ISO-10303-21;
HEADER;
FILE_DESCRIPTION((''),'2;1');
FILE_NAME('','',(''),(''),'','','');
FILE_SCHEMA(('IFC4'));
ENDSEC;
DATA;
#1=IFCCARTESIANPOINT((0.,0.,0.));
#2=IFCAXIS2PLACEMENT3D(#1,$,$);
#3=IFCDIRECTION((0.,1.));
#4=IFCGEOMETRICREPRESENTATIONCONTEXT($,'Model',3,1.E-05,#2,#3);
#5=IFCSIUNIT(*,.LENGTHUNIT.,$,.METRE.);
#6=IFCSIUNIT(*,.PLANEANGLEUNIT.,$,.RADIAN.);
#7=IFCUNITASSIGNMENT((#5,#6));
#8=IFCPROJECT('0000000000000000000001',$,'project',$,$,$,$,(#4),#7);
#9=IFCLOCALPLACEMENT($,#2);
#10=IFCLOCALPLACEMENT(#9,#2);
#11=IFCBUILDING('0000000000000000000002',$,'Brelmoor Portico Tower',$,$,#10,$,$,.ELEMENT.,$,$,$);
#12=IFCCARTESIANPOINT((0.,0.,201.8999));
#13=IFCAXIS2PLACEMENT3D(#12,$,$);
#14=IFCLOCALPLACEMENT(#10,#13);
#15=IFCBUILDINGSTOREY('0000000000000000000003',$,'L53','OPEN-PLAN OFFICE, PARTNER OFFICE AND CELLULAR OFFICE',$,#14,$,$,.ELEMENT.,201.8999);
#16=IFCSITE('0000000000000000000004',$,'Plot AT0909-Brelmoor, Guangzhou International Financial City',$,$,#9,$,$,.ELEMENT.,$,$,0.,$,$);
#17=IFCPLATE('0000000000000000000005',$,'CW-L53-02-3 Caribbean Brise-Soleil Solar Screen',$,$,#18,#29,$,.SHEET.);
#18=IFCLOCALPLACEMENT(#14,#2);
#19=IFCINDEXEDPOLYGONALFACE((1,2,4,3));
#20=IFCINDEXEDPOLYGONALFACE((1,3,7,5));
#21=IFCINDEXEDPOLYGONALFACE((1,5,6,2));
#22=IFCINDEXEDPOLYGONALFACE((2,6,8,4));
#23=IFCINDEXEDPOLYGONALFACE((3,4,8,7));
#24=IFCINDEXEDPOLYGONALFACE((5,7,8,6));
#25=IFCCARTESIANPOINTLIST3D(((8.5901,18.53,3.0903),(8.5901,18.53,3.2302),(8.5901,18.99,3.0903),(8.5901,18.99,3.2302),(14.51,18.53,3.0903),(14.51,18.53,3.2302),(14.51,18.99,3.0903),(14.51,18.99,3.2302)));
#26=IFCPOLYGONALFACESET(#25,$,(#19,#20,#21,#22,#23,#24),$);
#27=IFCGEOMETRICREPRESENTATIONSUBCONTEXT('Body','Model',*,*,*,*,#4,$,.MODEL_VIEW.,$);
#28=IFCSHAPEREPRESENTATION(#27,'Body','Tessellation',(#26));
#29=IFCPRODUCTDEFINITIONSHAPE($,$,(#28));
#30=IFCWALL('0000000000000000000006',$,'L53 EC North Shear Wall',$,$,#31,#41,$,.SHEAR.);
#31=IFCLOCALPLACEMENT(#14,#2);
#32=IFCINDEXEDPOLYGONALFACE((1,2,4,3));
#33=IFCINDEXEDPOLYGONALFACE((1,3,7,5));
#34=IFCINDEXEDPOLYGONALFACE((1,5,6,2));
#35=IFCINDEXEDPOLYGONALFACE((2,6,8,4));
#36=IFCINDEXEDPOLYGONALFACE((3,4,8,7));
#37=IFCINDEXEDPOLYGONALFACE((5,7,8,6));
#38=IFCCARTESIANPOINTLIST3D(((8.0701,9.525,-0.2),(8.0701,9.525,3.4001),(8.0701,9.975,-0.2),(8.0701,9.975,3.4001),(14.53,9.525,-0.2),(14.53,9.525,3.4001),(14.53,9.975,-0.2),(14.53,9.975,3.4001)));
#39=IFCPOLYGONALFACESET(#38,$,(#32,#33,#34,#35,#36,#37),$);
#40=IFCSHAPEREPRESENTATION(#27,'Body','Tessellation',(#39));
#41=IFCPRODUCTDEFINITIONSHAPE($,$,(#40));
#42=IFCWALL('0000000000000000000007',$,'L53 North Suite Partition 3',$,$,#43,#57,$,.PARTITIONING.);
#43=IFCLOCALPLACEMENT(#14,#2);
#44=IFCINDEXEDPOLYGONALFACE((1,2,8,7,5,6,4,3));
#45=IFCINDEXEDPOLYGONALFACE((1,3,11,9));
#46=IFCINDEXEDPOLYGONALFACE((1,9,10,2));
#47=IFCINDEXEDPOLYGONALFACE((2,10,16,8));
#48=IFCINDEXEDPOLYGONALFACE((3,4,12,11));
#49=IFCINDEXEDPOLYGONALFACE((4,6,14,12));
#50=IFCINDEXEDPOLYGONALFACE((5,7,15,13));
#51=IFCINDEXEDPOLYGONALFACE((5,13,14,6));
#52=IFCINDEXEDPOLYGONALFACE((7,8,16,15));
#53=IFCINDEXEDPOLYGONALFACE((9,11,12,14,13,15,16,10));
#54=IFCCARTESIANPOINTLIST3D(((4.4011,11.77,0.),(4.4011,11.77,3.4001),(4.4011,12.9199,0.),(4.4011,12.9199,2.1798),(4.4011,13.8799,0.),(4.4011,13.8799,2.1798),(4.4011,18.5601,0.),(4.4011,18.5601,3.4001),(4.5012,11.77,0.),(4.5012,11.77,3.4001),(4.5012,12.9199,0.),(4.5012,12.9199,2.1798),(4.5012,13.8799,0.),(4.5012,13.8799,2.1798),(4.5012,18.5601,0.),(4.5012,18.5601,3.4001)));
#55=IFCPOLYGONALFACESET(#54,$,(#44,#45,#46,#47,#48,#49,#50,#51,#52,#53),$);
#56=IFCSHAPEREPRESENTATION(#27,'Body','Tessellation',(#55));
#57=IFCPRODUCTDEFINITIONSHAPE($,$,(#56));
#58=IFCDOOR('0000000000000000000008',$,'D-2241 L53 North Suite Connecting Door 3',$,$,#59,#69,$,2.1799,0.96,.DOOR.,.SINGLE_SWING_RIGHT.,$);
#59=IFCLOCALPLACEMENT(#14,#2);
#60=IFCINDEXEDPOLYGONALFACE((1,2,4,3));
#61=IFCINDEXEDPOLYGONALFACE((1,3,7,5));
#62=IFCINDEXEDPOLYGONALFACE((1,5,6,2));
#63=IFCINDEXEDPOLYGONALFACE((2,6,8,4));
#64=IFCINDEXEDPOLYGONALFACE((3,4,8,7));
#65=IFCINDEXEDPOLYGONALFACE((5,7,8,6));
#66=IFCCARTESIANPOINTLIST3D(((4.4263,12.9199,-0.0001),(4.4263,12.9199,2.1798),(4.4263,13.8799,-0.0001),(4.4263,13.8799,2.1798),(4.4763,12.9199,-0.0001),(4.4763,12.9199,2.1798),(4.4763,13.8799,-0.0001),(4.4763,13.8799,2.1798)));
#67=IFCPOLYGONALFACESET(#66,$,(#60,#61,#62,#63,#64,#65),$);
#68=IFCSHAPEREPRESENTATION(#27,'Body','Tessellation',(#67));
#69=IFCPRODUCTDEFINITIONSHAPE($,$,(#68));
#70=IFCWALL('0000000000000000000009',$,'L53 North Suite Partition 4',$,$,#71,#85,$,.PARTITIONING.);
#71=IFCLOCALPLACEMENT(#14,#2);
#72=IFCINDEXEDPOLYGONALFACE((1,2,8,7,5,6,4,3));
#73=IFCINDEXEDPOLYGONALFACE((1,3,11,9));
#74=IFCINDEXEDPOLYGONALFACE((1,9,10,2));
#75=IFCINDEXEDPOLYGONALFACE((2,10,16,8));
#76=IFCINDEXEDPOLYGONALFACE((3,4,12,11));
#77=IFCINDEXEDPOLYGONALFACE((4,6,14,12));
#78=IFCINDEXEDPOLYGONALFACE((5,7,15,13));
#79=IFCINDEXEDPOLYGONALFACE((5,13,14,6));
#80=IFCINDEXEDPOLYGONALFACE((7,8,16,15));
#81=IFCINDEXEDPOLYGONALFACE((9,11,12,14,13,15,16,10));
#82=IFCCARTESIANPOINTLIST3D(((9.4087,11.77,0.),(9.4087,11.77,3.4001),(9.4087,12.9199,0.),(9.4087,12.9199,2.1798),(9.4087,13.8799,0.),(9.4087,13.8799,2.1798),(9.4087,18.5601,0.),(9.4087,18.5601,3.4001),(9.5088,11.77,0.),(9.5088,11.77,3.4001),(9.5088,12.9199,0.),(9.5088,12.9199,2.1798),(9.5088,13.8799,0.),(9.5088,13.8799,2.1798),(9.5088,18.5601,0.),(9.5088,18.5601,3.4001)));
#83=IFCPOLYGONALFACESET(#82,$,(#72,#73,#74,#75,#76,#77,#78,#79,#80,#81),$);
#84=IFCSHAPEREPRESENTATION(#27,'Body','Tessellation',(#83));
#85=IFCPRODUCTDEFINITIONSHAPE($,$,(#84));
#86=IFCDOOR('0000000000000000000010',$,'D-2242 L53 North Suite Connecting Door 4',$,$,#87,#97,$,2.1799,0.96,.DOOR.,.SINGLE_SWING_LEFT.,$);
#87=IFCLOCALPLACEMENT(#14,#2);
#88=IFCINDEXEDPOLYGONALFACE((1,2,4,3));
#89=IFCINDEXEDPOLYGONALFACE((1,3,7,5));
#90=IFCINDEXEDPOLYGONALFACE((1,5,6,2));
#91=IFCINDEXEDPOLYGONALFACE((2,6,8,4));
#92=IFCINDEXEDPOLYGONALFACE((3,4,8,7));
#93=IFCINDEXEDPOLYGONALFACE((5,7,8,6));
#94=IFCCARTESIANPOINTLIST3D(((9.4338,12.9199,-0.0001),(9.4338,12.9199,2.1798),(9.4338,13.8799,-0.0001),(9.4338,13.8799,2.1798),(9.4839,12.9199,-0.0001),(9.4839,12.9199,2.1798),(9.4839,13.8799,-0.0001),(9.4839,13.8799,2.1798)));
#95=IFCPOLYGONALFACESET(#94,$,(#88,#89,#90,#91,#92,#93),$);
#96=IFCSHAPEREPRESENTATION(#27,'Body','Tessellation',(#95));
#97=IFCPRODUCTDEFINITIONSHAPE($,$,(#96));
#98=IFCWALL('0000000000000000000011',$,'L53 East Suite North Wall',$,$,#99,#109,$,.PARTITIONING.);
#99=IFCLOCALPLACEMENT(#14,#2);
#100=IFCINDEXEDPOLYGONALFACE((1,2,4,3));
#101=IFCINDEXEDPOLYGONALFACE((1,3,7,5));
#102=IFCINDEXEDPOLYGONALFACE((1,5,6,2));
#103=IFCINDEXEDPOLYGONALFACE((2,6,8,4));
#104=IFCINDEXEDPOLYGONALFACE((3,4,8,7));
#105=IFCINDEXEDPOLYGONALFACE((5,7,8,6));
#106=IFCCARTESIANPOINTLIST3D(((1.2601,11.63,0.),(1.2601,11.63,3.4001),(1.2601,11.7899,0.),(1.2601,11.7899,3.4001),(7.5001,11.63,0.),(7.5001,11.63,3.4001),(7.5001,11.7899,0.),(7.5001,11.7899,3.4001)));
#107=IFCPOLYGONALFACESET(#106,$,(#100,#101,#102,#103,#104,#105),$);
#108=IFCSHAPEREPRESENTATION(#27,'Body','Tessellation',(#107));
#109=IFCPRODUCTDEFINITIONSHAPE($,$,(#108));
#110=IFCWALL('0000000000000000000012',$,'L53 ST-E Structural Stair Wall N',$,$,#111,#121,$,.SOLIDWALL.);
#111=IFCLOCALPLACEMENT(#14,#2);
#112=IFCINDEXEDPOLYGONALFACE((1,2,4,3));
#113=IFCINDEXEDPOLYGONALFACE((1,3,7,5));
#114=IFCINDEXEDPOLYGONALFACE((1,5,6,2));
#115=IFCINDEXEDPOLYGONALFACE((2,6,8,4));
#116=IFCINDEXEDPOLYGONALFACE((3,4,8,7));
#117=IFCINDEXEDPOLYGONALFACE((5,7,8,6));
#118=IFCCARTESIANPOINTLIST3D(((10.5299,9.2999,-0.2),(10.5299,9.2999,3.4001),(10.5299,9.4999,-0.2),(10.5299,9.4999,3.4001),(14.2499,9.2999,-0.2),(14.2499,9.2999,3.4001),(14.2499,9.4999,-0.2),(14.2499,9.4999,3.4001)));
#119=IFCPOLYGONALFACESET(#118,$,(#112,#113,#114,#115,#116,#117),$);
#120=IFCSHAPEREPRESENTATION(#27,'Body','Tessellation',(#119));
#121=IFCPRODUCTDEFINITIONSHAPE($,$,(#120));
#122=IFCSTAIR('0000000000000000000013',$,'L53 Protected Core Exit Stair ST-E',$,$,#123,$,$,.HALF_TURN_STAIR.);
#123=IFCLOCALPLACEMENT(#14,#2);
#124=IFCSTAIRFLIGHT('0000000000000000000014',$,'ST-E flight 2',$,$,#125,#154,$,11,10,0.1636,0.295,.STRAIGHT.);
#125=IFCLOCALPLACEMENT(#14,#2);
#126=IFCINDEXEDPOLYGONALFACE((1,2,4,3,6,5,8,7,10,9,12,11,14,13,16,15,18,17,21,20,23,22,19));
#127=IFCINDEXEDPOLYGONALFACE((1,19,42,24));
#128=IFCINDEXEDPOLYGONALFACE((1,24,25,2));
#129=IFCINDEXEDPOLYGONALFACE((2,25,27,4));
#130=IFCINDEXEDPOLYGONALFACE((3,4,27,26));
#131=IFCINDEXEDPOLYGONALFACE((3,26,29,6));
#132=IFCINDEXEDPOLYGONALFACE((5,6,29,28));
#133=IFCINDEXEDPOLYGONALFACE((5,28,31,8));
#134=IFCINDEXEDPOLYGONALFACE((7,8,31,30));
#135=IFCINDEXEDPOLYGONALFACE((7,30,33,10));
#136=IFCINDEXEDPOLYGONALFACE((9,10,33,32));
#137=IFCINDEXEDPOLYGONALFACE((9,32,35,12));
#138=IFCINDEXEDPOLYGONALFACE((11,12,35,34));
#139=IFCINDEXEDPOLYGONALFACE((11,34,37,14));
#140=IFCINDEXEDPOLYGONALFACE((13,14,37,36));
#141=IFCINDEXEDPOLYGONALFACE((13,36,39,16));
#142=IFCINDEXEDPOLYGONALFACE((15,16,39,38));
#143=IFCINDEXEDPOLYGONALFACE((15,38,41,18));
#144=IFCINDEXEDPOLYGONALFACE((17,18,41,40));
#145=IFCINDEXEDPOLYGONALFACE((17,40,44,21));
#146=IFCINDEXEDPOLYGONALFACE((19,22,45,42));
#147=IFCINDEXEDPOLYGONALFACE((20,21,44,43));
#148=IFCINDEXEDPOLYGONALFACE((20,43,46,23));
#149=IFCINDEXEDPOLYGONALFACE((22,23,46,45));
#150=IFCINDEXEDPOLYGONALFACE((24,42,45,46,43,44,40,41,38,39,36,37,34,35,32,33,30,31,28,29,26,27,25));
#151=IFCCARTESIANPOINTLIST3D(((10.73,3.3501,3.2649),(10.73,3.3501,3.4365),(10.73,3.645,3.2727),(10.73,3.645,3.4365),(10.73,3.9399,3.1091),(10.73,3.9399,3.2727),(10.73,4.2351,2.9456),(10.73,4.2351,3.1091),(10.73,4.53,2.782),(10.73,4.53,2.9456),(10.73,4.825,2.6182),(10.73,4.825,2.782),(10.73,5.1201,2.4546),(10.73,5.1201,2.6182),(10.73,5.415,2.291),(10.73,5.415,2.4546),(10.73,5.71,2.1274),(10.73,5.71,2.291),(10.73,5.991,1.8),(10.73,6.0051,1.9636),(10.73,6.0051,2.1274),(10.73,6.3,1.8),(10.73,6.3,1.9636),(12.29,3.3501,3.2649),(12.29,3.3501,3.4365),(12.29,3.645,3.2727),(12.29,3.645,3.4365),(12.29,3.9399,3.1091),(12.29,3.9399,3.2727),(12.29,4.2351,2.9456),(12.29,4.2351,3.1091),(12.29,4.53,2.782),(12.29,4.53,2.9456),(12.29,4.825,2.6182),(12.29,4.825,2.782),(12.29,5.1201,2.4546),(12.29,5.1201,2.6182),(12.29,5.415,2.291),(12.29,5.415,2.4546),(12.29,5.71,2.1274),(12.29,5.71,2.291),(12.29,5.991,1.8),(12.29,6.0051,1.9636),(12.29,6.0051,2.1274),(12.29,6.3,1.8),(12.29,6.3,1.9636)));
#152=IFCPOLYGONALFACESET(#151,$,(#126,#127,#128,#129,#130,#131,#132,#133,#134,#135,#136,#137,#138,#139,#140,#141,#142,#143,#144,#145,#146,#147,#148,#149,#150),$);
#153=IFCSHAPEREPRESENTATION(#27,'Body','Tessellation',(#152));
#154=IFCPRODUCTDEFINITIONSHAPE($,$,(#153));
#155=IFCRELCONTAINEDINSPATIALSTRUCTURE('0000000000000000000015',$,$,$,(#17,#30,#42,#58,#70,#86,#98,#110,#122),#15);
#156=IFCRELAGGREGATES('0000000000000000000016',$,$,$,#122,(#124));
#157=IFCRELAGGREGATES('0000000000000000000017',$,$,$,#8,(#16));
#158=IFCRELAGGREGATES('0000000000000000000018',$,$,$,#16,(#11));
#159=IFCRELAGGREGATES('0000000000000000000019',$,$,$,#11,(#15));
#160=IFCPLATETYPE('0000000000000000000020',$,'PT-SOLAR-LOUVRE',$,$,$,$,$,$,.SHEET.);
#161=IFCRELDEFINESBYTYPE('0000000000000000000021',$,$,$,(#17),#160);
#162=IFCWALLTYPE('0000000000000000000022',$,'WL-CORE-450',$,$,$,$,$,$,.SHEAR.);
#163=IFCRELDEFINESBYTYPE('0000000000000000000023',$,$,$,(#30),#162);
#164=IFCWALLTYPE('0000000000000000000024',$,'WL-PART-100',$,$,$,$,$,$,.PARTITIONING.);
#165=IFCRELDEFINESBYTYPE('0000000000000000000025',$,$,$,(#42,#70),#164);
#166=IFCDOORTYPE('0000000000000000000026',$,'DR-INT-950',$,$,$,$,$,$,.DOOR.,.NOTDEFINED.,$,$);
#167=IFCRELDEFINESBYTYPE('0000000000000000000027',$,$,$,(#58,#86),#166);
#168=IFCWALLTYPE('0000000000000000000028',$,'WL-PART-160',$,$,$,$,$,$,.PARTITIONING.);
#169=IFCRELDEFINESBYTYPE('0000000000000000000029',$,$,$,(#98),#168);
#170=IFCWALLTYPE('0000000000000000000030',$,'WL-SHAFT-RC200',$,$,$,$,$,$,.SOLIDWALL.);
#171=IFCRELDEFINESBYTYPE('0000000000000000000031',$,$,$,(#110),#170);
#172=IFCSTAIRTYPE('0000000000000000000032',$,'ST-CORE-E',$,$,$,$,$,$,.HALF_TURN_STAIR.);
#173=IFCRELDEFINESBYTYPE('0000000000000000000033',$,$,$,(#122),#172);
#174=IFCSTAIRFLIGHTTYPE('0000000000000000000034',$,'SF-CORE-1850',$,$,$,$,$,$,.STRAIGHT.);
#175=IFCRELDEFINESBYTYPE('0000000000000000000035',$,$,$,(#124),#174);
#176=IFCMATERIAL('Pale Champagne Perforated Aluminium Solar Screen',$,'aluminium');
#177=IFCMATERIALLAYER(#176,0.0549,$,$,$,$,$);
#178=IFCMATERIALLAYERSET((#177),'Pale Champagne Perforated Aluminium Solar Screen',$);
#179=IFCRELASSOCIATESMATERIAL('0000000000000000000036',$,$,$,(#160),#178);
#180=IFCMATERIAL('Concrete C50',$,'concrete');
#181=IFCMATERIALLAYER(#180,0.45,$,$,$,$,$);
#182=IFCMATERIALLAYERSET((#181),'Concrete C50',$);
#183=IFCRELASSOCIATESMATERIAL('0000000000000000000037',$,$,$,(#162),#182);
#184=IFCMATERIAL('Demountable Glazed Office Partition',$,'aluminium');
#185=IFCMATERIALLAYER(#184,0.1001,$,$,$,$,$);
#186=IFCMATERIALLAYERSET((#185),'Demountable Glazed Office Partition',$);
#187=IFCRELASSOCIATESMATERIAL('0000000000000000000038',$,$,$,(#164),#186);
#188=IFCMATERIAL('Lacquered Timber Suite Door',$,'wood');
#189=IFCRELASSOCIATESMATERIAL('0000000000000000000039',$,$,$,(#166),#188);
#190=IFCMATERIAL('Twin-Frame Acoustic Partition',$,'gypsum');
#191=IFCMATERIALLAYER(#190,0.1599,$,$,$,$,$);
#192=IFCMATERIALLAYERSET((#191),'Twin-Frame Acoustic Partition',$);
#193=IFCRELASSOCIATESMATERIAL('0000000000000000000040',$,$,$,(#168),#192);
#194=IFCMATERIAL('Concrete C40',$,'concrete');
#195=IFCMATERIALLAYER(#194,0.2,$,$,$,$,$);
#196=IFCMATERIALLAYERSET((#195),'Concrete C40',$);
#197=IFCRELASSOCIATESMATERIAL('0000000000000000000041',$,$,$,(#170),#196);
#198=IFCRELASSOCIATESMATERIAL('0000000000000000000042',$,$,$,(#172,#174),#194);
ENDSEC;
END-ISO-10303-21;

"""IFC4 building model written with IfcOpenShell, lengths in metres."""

from ifc_helpers import new_model, si_unit, direction, frame, frame_2d, origin, origin_2d, place, context, subcontext, project, spatial, polyline, rectangle, outline, extrude, material, layer, layer_set, type_object, element, fill, aggregate, save


model = new_model("IFC4")

# Units and contexts
model_context = context("Model", 3, precision=1e-05, world=origin(), true_north=direction((0.0, 1.0)))
body_context = subcontext(model_context, "Body", "Model", "MODEL_VIEW")
ifc_project = project(units=[si_unit("LENGTHUNIT", "METRE"), si_unit("PLANEANGLEUNIT", "RADIAN")], contexts=[model_context])

# Site, building, storey
site_placement = place(None, origin())
site = spatial("IfcSite", under=ifc_project, at=site_placement, Name="Plot AT0909-Brelmoor, Guangzhou International Financial City", CompositionType="ELEMENT", RefElevation=0.0)
building_placement = place(site_placement, origin())
building = spatial("IfcBuilding", under=site, at=building_placement, Name="Brelmoor Portico Tower", CompositionType="ELEMENT")
storey_placement = place(building_placement, frame((0.0, 0.0, 201.8999)))
storey = spatial("IfcBuildingStorey", under=building, at=storey_placement, Name="L53", Description="OPEN-PLAN OFFICE, PARTNER OFFICE AND CELLULAR OFFICE", CompositionType="ELEMENT", Elevation=201.8999)

# Plate
ifc_material_1 = material(Name="Pale Champagne Perforated Aluminium Solar Screen", Category="aluminium")
ifc_layer_1 = layer(ifc_material_1, 0.0549)
ifc_layer_set_1 = layer_set([ifc_layer_1], Name="Pale Champagne Perforated Aluminium Solar Screen")
plate_type_1 = type_object("IfcPlateType", Name="PT-SOLAR-LOUVRE", PredefinedType="SHEET", material=ifc_layer_set_1)
plate_1_placement = place(storey_placement, frame((11.55, 18.76, 3.0903), z_axis=(0.0, 0.0, 1.0), x_axis=(1.0, 0.0, 0.0)))
element("IfcPlate", 1, at=plate_1_placement, inside=storey, type_object=plate_type_1, Name="CW-L53-02-3 Caribbean Brise-Soleil Solar Screen", PredefinedType="SHEET", context=body_context, shape_type="SweptSolid", body=[
    extrude(rectangle(XDim=5.9199, YDim=0.46, at=origin_2d()), origin(), (0.0, 0.0, 1.0), 0.1399),
])

# Wall
ifc_material_2 = material(Name="Concrete C50", Category="concrete")
ifc_layer_2 = layer(ifc_material_2, 0.45)
ifc_layer_set_2 = layer_set([ifc_layer_2], Name="Concrete C50")
wall_type_1 = type_object("IfcWallType", Name="WL-CORE-450", PredefinedType="SHEAR", material=ifc_layer_set_2)
wall_1_placement = place(storey_placement, frame((8.0701, 9.75, -0.2), z_axis=(0.0, 0.0, 1.0), x_axis=(1.0, 0.0, 0.0)))
element("IfcWall", 2, at=wall_1_placement, inside=storey, type_object=wall_type_1, Name="L53 EC North Shear Wall", PredefinedType="SHEAR", context=body_context, shape_type="SweptSolid", body=[
    extrude(rectangle(XDim=6.46, YDim=0.45, at=frame_2d((3.23, 0.0))), origin(), (0.0, 0.0, 1.0), 3.6001),
])

# Walls, openings, doors
ifc_material_3 = material(Name="Demountable Glazed Office Partition", Category="aluminium")
ifc_layer_3 = layer(ifc_material_3, 0.1001)
ifc_layer_set_3 = layer_set([ifc_layer_3], Name="Demountable Glazed Office Partition")
wall_type_2 = type_object("IfcWallType", Name="WL-PART-100", PredefinedType="PARTITIONING", material=ifc_layer_set_3)
wall_2_placement = place(storey_placement, frame((4.4512, 11.77, 0.0), z_axis=(0.0, 0.0, 1.0), x_axis=(0.0, 1.0, 0.0)))
wall_2 = element("IfcWall", 3, at=wall_2_placement, inside=storey, type_object=wall_type_2, Name="L53 North Suite Partition 3", PredefinedType="PARTITIONING", context=body_context, shape_type="SweptSolid", body=[
    extrude(rectangle(XDim=6.79, YDim=0.1001, at=frame_2d((3.395, 0.0))), origin(), (0.0, 0.0, 1.0), 3.4001),
])
opening_1_placement = place(wall_2_placement, frame((1.1499, 0.0, 0.0)))
opening_1 = element("IfcOpeningElement", 4, at=opening_1_placement, cuts=wall_2, PredefinedType="OPENING", context=body_context, shape_type="SweptSolid", body=[
    extrude(rectangle(XDim=0.96, YDim=2.1799, at=frame_2d((0.48, 1.0898))), frame((0.0, 0.0601, 0.0), z_axis=(0.0, -1.0, 0.0), x_axis=(1.0, 0.0, 0.0)), (0.0, 0.0, 1.0), 0.1201),
])
ifc_material_4 = material(Name="Lacquered Timber Suite Door", Category="wood")
door_type = type_object("IfcDoorType", Name="DR-INT-950", OperationType="NOTDEFINED", PredefinedType="DOOR", material=ifc_material_4)
door_1_placement = place(opening_1_placement, origin())
door_1 = element("IfcDoor", 5, at=door_1_placement, inside=storey, type_object=door_type, Name="D-2241 L53 North Suite Connecting Door 3", OperationType="SINGLE_SWING_RIGHT", OverallHeight=2.1799, OverallWidth=0.96, PredefinedType="DOOR", context=body_context, shape_type="SweptSolid", body=[
    extrude(rectangle(XDim=0.96, YDim=2.1799, at=frame_2d((0.48, 1.0898))), frame((0.0, 0.0249, 0.0), z_axis=(0.0, -1.0, 0.0), x_axis=(1.0, 0.0, 0.0)), (0.0, 0.0, 1.0), 0.05),
])
fill(opening_1, door_1)
wall_3_placement = place(storey_placement, frame((9.4587, 11.77, 0.0), z_axis=(0.0, 0.0, 1.0), x_axis=(0.0, 1.0, 0.0)))
wall_3 = element("IfcWall", 6, at=wall_3_placement, inside=storey, type_object=wall_type_2, Name="L53 North Suite Partition 4", PredefinedType="PARTITIONING", context=body_context, shape_type="SweptSolid", body=[
    extrude(rectangle(XDim=6.79, YDim=0.1001, at=frame_2d((3.395, 0.0))), origin(), (0.0, 0.0, 1.0), 3.4001),
])
opening_2_placement = place(wall_3_placement, frame((1.1499, 0.0, 0.0)))
opening_2 = element("IfcOpeningElement", 7, at=opening_2_placement, cuts=wall_3, PredefinedType="OPENING", context=body_context, shape_type="SweptSolid", body=[
    extrude(rectangle(XDim=0.96, YDim=2.1799, at=frame_2d((0.48, 1.0898))), frame((0.0, 0.0601, 0.0), z_axis=(0.0, -1.0, 0.0), x_axis=(1.0, 0.0, 0.0)), (0.0, 0.0, 1.0), 0.1201),
])
door_2_placement = place(opening_2_placement, origin())
door_2 = element("IfcDoor", 8, at=door_2_placement, inside=storey, type_object=door_type, Name="D-2242 L53 North Suite Connecting Door 4", OperationType="SINGLE_SWING_LEFT", OverallHeight=2.1799, OverallWidth=0.96, PredefinedType="DOOR", context=body_context, shape_type="SweptSolid", body=[
    extrude(rectangle(XDim=0.96, YDim=2.1799, at=frame_2d((0.48, 1.0898))), frame((0.0, 0.0249, 0.0), z_axis=(0.0, -1.0, 0.0), x_axis=(1.0, 0.0, 0.0)), (0.0, 0.0, 1.0), 0.05),
])
fill(opening_2, door_2)

# Walls
ifc_material_5 = material(Name="Twin-Frame Acoustic Partition", Category="gypsum")
ifc_layer_4 = layer(ifc_material_5, 0.1599)
ifc_layer_set_4 = layer_set([ifc_layer_4], Name="Twin-Frame Acoustic Partition")
wall_type_3 = type_object("IfcWallType", Name="WL-PART-160", PredefinedType="PARTITIONING", material=ifc_layer_set_4)
wall_4_placement = place(storey_placement, frame((1.26, 11.71, 0.0), z_axis=(0.0, 0.0, 1.0), x_axis=(1.0, 0.0, 0.0)))
element("IfcWall", 9, at=wall_4_placement, inside=storey, type_object=wall_type_3, Name="L53 East Suite North Wall", PredefinedType="PARTITIONING", context=body_context, shape_type="SweptSolid", body=[
    extrude(rectangle(XDim=6.24, YDim=0.1599, at=frame_2d((3.1201, 0.0))), origin(), (0.0, 0.0, 1.0), 3.4001),
])
ifc_material_6 = material(Name="Concrete C40", Category="concrete")
ifc_layer_5 = layer(ifc_material_6, 0.2)
ifc_layer_set_5 = layer_set([ifc_layer_5], Name="Concrete C40")
wall_type_4 = type_object("IfcWallType", Name="WL-SHAFT-RC200", PredefinedType="SOLIDWALL", material=ifc_layer_set_5)
wall_5_placement = place(storey_placement, frame((10.53, 9.3999, -0.2), z_axis=(0.0, 0.0, 1.0), x_axis=(1.0, 0.0, 0.0)))
element("IfcWall", 10, at=wall_5_placement, inside=storey, type_object=wall_type_4, Name="L53 ST-E Structural Stair Wall N", PredefinedType="SOLIDWALL", context=body_context, shape_type="SweptSolid", body=[
    extrude(rectangle(XDim=3.72, YDim=0.2, at=frame_2d((1.8599, 0.0))), origin(), (0.0, 0.0, 1.0), 3.6001),
])

# Stair, stair flight
stair_type = type_object("IfcStairType", Name="ST-CORE-E", PredefinedType="HALF_TURN_STAIR", material=ifc_material_6)
stair_placement = place(storey_placement, origin())
stair = element("IfcStair", 11, at=stair_placement, inside=storey, type_object=stair_type, Name="L53 Protected Core Exit Stair ST-E", PredefinedType="HALF_TURN_STAIR")
stair_flight_type = type_object("IfcStairFlightType", Name="SF-CORE-1850", PredefinedType="STRAIGHT", material=ifc_material_6)
stair_flight_placement = place(storey_placement, frame((11.51, 6.3, 1.8), z_axis=(0.0, 0.0, 1.0), x_axis=(0.0, -1.0, 0.0)))
stair_flight = element("IfcStairFlight", 12, at=stair_flight_placement, type_object=stair_flight_type, Name="ST-E flight 2", NumberOfRisers=11, NumberOfTreads=10, PredefinedType="STRAIGHT", RiserHeight=0.1636, TreadLength=0.295, context=body_context, shape_type="SweptSolid", body=[
    extrude(outline(polyline([(0.0, 0.0), (0.0, 0.1636), (0.2949, 0.1636), (0.2949, 0.3274), (0.5901, 0.3274), (0.5901, 0.491), (0.885, 0.491), (0.885, 0.6545), (1.1799, 0.6545), (1.1799, 0.8181), (1.4751, 0.8181), (1.4751, 0.9819), (1.77, 0.9819), (1.77, 1.1455), (2.0649, 1.1455), (2.0649, 1.3091), (2.3601, 1.3091), (2.3601, 1.4727), (2.655, 1.4727), (2.655, 1.6365), (2.95, 1.6365), (2.95, 1.8), (2.95, 1.4648), (0.3091, 0.0), (0.0, 0.0)])), frame((0.0, 0.78, 0.0), z_axis=(0.0, -1.0, 0.0), x_axis=(1.0, 0.0, 0.0)), (0.0, 0.0, 1.0), 1.5601),
])
aggregate(stair, [stair_flight])

save(model, "model.ifc")
